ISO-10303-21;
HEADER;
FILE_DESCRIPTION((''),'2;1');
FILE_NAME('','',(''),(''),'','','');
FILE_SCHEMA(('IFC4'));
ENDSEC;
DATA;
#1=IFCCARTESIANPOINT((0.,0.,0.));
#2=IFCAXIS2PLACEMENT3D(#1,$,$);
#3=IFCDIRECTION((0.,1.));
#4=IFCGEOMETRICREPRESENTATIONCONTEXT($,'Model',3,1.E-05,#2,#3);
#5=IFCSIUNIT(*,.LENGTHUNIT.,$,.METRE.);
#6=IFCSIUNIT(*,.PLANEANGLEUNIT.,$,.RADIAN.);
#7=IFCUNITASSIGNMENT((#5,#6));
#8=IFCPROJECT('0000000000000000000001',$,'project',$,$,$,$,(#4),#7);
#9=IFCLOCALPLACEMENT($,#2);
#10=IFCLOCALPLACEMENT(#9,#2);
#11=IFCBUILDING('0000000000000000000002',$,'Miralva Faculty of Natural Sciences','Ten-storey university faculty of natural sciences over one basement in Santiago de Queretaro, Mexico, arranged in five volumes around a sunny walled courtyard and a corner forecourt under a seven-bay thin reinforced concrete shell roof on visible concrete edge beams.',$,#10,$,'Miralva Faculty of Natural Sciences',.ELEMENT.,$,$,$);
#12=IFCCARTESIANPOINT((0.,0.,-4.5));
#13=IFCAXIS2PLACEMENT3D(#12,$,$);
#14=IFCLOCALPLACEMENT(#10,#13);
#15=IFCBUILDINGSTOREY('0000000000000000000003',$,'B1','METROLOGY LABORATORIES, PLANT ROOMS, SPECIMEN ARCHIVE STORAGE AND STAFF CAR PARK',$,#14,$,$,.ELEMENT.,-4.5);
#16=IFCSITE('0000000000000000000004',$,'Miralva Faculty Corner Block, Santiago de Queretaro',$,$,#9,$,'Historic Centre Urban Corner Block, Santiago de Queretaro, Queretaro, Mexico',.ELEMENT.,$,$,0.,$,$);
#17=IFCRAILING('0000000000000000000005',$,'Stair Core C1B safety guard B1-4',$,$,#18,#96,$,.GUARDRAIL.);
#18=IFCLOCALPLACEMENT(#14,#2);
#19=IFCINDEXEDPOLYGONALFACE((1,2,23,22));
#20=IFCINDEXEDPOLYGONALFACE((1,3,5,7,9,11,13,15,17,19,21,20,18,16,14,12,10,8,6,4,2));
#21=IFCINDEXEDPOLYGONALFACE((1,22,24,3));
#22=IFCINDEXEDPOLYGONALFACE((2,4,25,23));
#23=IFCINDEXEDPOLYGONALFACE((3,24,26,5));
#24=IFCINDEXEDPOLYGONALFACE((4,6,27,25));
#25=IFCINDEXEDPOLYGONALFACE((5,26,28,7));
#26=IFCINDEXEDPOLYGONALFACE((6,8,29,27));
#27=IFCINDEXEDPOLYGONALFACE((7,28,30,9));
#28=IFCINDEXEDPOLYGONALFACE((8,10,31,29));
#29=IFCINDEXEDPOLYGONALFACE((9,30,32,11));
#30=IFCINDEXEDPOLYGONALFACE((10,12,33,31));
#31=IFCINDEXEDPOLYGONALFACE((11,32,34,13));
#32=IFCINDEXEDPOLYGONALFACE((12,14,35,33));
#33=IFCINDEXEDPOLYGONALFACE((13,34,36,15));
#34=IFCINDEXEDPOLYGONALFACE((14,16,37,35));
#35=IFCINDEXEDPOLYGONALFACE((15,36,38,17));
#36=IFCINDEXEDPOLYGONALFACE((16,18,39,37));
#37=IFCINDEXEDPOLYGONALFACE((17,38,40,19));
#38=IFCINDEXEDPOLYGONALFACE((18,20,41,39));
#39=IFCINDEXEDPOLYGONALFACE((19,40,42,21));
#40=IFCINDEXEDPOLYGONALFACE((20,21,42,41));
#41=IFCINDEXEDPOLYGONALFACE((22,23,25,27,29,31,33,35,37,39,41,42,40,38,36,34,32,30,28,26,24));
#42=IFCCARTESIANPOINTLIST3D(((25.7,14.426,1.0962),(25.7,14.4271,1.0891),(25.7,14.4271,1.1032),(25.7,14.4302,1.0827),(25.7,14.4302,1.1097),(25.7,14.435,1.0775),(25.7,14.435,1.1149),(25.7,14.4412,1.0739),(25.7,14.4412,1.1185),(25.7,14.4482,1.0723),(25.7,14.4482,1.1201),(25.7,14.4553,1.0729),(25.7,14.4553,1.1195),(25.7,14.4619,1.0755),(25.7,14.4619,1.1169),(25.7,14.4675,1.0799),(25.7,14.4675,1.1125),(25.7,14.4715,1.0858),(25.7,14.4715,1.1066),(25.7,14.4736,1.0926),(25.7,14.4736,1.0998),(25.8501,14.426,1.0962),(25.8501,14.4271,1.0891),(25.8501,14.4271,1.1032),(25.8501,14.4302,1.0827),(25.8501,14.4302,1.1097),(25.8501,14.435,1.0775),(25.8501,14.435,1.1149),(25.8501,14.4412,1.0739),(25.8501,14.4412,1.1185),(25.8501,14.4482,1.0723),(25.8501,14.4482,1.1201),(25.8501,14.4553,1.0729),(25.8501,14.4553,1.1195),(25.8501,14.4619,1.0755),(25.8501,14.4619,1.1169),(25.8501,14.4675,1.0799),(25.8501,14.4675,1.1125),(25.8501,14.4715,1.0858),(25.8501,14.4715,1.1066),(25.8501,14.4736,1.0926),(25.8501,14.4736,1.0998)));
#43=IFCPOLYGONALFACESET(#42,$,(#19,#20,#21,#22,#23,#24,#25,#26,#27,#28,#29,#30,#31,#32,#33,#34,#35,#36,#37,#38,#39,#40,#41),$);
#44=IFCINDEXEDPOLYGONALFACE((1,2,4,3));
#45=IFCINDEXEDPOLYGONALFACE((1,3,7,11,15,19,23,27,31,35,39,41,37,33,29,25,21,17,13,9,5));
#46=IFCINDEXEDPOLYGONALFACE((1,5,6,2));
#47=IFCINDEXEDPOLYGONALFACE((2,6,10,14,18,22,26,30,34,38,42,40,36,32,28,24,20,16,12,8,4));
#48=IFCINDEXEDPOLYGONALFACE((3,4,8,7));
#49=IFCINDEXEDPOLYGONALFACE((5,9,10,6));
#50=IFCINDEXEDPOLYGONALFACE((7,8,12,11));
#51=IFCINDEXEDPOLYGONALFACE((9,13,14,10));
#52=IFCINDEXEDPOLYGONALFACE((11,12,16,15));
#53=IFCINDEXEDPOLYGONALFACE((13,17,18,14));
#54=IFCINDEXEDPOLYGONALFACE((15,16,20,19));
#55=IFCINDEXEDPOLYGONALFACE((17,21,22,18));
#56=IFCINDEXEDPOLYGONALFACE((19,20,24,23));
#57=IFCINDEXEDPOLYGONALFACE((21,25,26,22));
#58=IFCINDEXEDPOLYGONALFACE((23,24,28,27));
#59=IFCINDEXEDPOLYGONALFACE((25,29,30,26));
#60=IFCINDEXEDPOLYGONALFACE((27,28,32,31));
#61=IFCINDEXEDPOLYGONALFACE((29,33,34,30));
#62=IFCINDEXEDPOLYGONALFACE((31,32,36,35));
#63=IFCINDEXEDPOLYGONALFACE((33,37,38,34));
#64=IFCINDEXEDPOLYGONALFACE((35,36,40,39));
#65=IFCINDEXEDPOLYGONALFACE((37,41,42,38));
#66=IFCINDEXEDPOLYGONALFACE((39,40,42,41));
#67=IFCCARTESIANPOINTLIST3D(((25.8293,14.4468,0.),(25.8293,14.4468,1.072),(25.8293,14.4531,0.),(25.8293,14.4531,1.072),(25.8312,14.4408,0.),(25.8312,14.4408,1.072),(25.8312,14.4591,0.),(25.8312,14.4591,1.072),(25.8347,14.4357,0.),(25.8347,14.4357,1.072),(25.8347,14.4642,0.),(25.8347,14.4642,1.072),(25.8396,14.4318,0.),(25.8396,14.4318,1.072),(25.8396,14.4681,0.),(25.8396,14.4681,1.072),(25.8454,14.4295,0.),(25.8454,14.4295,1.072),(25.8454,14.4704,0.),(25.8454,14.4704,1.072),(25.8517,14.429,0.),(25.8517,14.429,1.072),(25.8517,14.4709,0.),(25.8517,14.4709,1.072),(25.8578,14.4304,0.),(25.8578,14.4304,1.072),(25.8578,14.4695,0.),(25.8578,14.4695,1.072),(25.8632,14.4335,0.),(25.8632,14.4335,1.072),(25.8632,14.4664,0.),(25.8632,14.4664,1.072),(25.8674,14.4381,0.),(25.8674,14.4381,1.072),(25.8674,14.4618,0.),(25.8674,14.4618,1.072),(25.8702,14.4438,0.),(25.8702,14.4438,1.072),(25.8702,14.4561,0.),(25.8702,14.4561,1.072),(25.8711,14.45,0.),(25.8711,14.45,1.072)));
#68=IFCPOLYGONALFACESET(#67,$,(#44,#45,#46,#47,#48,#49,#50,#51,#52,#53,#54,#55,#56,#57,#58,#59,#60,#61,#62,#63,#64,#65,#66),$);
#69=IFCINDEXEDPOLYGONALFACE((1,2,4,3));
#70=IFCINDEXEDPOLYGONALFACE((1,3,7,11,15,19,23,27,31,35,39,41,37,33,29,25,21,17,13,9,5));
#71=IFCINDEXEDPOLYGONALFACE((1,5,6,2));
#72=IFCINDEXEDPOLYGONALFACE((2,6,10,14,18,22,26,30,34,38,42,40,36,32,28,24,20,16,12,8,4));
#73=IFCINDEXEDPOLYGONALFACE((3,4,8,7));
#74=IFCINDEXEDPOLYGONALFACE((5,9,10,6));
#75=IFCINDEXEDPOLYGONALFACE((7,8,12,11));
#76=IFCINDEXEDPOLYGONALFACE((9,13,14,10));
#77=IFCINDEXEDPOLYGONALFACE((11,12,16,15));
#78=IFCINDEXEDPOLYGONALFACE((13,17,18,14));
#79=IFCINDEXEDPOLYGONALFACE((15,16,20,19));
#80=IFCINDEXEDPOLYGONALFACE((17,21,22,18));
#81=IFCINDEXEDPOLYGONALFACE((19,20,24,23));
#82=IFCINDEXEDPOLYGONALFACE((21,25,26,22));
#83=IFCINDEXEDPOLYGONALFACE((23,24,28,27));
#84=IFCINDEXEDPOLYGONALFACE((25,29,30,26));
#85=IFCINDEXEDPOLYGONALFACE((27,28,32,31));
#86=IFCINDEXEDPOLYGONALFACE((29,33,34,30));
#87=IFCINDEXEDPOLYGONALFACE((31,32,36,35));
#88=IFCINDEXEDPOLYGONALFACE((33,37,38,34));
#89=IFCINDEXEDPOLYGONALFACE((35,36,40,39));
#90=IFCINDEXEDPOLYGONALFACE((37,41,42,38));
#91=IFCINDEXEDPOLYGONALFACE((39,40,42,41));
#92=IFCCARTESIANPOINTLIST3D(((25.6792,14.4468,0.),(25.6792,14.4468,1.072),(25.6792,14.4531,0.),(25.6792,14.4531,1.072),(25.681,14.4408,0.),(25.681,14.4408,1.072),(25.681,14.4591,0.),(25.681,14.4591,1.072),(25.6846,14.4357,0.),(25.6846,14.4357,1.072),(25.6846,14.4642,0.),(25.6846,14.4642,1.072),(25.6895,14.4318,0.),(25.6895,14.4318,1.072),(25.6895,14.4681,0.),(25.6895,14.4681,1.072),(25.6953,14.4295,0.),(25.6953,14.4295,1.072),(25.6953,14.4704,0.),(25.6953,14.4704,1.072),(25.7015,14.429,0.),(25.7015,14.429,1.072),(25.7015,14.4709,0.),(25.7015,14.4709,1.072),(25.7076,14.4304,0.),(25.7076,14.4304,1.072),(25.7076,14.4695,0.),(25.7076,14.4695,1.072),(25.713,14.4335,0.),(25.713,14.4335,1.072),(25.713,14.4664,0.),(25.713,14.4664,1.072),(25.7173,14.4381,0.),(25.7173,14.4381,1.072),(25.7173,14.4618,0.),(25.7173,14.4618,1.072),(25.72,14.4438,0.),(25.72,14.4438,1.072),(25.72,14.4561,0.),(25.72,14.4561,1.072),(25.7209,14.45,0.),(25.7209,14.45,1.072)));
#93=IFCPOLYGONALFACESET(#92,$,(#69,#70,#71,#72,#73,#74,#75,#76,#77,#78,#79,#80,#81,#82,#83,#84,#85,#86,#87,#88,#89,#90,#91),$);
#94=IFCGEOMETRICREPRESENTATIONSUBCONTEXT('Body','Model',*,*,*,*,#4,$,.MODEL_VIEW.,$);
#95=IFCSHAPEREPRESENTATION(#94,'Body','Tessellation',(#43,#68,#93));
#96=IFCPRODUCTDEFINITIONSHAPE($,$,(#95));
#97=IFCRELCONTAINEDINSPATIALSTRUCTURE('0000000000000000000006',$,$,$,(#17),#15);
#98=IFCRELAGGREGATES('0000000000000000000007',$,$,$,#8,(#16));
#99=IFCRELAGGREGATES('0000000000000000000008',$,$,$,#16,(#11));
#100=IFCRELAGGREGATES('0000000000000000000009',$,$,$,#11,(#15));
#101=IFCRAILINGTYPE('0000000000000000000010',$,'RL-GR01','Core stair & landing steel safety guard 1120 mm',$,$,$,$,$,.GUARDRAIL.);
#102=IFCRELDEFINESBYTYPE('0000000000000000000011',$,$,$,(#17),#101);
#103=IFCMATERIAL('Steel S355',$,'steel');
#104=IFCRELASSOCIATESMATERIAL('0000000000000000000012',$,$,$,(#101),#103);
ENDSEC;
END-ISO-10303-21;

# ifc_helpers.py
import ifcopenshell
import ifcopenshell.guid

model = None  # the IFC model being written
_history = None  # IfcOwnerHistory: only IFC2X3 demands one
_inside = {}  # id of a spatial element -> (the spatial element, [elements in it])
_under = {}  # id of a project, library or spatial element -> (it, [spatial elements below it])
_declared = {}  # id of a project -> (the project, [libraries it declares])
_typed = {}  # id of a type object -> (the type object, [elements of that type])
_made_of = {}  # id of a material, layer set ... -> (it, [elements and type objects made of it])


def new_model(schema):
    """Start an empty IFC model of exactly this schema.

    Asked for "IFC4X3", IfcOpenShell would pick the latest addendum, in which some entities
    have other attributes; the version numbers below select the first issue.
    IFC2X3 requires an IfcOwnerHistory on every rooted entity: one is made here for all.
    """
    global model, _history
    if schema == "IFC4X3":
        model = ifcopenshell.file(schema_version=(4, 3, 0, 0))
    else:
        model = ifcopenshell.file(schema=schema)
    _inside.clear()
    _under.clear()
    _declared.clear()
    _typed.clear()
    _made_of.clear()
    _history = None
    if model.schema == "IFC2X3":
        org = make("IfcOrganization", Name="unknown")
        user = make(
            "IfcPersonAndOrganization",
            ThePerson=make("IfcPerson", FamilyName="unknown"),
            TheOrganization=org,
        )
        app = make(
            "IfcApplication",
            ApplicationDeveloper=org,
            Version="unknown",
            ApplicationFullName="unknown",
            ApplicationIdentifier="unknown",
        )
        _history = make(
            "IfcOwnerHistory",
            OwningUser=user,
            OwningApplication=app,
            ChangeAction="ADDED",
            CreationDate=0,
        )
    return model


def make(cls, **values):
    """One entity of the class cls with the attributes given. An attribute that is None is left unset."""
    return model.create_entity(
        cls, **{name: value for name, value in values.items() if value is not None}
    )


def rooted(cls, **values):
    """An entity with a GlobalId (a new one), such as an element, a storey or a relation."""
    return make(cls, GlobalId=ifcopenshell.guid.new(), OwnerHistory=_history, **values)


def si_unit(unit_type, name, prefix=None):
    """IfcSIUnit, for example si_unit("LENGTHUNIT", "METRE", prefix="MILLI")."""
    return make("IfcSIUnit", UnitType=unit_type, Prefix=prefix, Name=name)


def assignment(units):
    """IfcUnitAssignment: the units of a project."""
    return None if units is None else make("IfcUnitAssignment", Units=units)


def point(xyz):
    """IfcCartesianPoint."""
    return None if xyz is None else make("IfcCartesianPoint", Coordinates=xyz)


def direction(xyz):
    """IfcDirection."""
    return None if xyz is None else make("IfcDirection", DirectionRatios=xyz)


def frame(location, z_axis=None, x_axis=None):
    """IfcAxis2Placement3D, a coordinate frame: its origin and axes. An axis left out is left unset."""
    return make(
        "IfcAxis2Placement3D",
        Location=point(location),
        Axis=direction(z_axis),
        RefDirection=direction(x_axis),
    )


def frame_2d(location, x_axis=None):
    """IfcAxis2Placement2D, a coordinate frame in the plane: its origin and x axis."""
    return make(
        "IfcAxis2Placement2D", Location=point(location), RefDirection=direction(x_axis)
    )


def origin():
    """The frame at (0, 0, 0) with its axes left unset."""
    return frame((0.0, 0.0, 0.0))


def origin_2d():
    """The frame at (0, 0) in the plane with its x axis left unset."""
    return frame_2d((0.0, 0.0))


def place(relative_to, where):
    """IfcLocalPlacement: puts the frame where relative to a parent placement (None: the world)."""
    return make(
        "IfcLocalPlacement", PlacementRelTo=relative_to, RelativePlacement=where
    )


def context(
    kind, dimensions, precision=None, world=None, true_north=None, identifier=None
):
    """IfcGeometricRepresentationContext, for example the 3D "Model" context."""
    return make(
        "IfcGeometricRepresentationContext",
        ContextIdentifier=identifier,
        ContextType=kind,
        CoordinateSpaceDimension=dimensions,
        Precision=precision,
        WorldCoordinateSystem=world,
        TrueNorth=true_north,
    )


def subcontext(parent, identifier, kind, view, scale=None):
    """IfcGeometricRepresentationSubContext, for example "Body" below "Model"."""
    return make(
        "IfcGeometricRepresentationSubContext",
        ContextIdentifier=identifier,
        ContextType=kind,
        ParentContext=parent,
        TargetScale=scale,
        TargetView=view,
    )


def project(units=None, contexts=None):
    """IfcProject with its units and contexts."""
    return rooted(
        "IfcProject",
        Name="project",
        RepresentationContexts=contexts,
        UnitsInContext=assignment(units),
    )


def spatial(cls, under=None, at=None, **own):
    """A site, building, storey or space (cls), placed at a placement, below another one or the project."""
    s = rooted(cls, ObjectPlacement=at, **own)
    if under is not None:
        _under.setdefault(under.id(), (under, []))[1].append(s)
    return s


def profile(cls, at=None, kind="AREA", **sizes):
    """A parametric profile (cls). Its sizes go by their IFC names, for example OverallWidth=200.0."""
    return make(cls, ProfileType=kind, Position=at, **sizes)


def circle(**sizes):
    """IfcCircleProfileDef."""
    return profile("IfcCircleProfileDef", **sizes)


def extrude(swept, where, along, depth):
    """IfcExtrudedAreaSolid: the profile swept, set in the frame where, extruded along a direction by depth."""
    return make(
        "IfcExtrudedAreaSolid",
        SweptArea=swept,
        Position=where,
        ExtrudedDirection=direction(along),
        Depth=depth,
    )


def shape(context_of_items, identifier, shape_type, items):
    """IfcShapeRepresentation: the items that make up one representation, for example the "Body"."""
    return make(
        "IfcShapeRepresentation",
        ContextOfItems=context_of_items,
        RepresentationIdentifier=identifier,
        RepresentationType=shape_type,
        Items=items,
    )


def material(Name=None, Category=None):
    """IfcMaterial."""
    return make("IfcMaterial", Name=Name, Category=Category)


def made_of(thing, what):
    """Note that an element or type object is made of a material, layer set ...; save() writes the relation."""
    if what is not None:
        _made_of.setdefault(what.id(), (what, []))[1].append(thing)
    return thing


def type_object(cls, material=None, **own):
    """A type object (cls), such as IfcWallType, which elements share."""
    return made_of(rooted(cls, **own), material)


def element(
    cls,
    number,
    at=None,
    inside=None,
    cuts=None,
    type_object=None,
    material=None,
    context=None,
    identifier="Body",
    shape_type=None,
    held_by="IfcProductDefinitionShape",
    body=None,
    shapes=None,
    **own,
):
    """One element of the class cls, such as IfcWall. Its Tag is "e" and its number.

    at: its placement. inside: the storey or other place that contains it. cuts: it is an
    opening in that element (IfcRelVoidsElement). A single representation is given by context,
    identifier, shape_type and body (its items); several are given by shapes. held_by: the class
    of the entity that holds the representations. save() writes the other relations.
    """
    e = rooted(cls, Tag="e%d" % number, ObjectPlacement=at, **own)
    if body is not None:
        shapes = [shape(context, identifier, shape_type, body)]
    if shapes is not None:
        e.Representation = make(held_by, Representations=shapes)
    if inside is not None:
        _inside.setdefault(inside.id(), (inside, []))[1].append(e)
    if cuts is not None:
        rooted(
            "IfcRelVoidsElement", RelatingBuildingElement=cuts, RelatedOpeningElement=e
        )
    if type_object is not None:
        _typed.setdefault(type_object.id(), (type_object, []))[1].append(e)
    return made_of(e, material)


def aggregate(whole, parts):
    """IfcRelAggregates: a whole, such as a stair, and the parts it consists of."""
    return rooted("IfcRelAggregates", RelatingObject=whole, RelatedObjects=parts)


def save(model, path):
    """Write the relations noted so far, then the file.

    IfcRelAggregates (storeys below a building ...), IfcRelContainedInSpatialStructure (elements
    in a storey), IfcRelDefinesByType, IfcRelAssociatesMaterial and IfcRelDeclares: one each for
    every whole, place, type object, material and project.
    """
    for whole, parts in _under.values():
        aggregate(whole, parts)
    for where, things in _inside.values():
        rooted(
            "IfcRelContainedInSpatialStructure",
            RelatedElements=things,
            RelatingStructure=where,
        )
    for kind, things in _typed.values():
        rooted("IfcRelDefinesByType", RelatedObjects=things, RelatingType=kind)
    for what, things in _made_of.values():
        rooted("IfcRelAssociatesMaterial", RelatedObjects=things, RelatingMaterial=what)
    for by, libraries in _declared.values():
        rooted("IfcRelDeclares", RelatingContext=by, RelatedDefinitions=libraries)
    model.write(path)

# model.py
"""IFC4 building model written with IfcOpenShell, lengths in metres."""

from ifc_helpers import new_model, si_unit, direction, frame, origin, origin_2d, place, context, subcontext, project, spatial, circle, extrude, material, type_object, element, save


model = new_model("IFC4")

# Units and contexts
model_context = context("Model", 3, precision=1e-05, world=origin(), true_north=direction((0.0, 1.0)))
body_context = subcontext(model_context, "Body", "Model", "MODEL_VIEW")
ifc_project = project(units=[si_unit("LENGTHUNIT", "METRE"), si_unit("PLANEANGLEUNIT", "RADIAN")], contexts=[model_context])

# Site, building, storey
site_placement = place(None, origin())
site = spatial("IfcSite", under=ifc_project, at=site_placement, Name="Miralva Faculty Corner Block, Santiago de Queretaro", LongName="Historic Centre Urban Corner Block, Santiago de Queretaro, Queretaro, Mexico", CompositionType="ELEMENT", RefElevation=0.0)
building_placement = place(site_placement, origin())
building = spatial("IfcBuilding", under=site, at=building_placement, Name="Miralva Faculty of Natural Sciences", Description="Ten-storey university faculty of natural sciences over one basement in Santiago de Queretaro, Mexico, arranged in five volumes around a sunny walled courtyard and a corner forecourt under a seven-bay thin reinforced concrete shell roof on visible concrete edge beams.", LongName="Miralva Faculty of Natural Sciences", CompositionType="ELEMENT")
storey_placement = place(building_placement, frame((0.0, 0.0, -4.5)))
storey = spatial("IfcBuildingStorey", under=building, at=storey_placement, Name="B1", Description="METROLOGY LABORATORIES, PLANT ROOMS, SPECIMEN ARCHIVE STORAGE AND STAFF CAR PARK", CompositionType="ELEMENT", Elevation=-4.5)

# Railing
ifc_material_1 = material(Name="Steel S355", Category="steel")
railing_type_1 = type_object("IfcRailingType", Name="RL-GR01", Description="Core stair & landing steel safety guard 1120 mm", PredefinedType="GUARDRAIL", material=ifc_material_1)
railing_1_placement = place(storey_placement, frame((25.8501, 14.45, 0.0)))
element("IfcRailing", 1, at=railing_1_placement, inside=storey, type_object=railing_type_1, Name="Stair Core C1B safety guard B1-4", PredefinedType="GUARDRAIL", context=body_context, shape_type="SweptSolid", body=[
    extrude(circle(Radius=0.0239, at=origin_2d()), frame((0.0, 0.0, 1.0962), z_axis=(-1.0, 0.0, 0.0), x_axis=(0.0, -1.0, 0.0)), (0.0, 0.0, 1.0), 0.1501),
    extrude(circle(Radius=0.021, at=origin_2d()), origin(), (0.0, 0.0, 1.0), 1.072),
    extrude(circle(Radius=0.021, at=origin_2d()), frame((-0.1501, 0.0, 0.0)), (0.0, 0.0, 1.0), 1.072),
])

save(model, "model.ifc")
